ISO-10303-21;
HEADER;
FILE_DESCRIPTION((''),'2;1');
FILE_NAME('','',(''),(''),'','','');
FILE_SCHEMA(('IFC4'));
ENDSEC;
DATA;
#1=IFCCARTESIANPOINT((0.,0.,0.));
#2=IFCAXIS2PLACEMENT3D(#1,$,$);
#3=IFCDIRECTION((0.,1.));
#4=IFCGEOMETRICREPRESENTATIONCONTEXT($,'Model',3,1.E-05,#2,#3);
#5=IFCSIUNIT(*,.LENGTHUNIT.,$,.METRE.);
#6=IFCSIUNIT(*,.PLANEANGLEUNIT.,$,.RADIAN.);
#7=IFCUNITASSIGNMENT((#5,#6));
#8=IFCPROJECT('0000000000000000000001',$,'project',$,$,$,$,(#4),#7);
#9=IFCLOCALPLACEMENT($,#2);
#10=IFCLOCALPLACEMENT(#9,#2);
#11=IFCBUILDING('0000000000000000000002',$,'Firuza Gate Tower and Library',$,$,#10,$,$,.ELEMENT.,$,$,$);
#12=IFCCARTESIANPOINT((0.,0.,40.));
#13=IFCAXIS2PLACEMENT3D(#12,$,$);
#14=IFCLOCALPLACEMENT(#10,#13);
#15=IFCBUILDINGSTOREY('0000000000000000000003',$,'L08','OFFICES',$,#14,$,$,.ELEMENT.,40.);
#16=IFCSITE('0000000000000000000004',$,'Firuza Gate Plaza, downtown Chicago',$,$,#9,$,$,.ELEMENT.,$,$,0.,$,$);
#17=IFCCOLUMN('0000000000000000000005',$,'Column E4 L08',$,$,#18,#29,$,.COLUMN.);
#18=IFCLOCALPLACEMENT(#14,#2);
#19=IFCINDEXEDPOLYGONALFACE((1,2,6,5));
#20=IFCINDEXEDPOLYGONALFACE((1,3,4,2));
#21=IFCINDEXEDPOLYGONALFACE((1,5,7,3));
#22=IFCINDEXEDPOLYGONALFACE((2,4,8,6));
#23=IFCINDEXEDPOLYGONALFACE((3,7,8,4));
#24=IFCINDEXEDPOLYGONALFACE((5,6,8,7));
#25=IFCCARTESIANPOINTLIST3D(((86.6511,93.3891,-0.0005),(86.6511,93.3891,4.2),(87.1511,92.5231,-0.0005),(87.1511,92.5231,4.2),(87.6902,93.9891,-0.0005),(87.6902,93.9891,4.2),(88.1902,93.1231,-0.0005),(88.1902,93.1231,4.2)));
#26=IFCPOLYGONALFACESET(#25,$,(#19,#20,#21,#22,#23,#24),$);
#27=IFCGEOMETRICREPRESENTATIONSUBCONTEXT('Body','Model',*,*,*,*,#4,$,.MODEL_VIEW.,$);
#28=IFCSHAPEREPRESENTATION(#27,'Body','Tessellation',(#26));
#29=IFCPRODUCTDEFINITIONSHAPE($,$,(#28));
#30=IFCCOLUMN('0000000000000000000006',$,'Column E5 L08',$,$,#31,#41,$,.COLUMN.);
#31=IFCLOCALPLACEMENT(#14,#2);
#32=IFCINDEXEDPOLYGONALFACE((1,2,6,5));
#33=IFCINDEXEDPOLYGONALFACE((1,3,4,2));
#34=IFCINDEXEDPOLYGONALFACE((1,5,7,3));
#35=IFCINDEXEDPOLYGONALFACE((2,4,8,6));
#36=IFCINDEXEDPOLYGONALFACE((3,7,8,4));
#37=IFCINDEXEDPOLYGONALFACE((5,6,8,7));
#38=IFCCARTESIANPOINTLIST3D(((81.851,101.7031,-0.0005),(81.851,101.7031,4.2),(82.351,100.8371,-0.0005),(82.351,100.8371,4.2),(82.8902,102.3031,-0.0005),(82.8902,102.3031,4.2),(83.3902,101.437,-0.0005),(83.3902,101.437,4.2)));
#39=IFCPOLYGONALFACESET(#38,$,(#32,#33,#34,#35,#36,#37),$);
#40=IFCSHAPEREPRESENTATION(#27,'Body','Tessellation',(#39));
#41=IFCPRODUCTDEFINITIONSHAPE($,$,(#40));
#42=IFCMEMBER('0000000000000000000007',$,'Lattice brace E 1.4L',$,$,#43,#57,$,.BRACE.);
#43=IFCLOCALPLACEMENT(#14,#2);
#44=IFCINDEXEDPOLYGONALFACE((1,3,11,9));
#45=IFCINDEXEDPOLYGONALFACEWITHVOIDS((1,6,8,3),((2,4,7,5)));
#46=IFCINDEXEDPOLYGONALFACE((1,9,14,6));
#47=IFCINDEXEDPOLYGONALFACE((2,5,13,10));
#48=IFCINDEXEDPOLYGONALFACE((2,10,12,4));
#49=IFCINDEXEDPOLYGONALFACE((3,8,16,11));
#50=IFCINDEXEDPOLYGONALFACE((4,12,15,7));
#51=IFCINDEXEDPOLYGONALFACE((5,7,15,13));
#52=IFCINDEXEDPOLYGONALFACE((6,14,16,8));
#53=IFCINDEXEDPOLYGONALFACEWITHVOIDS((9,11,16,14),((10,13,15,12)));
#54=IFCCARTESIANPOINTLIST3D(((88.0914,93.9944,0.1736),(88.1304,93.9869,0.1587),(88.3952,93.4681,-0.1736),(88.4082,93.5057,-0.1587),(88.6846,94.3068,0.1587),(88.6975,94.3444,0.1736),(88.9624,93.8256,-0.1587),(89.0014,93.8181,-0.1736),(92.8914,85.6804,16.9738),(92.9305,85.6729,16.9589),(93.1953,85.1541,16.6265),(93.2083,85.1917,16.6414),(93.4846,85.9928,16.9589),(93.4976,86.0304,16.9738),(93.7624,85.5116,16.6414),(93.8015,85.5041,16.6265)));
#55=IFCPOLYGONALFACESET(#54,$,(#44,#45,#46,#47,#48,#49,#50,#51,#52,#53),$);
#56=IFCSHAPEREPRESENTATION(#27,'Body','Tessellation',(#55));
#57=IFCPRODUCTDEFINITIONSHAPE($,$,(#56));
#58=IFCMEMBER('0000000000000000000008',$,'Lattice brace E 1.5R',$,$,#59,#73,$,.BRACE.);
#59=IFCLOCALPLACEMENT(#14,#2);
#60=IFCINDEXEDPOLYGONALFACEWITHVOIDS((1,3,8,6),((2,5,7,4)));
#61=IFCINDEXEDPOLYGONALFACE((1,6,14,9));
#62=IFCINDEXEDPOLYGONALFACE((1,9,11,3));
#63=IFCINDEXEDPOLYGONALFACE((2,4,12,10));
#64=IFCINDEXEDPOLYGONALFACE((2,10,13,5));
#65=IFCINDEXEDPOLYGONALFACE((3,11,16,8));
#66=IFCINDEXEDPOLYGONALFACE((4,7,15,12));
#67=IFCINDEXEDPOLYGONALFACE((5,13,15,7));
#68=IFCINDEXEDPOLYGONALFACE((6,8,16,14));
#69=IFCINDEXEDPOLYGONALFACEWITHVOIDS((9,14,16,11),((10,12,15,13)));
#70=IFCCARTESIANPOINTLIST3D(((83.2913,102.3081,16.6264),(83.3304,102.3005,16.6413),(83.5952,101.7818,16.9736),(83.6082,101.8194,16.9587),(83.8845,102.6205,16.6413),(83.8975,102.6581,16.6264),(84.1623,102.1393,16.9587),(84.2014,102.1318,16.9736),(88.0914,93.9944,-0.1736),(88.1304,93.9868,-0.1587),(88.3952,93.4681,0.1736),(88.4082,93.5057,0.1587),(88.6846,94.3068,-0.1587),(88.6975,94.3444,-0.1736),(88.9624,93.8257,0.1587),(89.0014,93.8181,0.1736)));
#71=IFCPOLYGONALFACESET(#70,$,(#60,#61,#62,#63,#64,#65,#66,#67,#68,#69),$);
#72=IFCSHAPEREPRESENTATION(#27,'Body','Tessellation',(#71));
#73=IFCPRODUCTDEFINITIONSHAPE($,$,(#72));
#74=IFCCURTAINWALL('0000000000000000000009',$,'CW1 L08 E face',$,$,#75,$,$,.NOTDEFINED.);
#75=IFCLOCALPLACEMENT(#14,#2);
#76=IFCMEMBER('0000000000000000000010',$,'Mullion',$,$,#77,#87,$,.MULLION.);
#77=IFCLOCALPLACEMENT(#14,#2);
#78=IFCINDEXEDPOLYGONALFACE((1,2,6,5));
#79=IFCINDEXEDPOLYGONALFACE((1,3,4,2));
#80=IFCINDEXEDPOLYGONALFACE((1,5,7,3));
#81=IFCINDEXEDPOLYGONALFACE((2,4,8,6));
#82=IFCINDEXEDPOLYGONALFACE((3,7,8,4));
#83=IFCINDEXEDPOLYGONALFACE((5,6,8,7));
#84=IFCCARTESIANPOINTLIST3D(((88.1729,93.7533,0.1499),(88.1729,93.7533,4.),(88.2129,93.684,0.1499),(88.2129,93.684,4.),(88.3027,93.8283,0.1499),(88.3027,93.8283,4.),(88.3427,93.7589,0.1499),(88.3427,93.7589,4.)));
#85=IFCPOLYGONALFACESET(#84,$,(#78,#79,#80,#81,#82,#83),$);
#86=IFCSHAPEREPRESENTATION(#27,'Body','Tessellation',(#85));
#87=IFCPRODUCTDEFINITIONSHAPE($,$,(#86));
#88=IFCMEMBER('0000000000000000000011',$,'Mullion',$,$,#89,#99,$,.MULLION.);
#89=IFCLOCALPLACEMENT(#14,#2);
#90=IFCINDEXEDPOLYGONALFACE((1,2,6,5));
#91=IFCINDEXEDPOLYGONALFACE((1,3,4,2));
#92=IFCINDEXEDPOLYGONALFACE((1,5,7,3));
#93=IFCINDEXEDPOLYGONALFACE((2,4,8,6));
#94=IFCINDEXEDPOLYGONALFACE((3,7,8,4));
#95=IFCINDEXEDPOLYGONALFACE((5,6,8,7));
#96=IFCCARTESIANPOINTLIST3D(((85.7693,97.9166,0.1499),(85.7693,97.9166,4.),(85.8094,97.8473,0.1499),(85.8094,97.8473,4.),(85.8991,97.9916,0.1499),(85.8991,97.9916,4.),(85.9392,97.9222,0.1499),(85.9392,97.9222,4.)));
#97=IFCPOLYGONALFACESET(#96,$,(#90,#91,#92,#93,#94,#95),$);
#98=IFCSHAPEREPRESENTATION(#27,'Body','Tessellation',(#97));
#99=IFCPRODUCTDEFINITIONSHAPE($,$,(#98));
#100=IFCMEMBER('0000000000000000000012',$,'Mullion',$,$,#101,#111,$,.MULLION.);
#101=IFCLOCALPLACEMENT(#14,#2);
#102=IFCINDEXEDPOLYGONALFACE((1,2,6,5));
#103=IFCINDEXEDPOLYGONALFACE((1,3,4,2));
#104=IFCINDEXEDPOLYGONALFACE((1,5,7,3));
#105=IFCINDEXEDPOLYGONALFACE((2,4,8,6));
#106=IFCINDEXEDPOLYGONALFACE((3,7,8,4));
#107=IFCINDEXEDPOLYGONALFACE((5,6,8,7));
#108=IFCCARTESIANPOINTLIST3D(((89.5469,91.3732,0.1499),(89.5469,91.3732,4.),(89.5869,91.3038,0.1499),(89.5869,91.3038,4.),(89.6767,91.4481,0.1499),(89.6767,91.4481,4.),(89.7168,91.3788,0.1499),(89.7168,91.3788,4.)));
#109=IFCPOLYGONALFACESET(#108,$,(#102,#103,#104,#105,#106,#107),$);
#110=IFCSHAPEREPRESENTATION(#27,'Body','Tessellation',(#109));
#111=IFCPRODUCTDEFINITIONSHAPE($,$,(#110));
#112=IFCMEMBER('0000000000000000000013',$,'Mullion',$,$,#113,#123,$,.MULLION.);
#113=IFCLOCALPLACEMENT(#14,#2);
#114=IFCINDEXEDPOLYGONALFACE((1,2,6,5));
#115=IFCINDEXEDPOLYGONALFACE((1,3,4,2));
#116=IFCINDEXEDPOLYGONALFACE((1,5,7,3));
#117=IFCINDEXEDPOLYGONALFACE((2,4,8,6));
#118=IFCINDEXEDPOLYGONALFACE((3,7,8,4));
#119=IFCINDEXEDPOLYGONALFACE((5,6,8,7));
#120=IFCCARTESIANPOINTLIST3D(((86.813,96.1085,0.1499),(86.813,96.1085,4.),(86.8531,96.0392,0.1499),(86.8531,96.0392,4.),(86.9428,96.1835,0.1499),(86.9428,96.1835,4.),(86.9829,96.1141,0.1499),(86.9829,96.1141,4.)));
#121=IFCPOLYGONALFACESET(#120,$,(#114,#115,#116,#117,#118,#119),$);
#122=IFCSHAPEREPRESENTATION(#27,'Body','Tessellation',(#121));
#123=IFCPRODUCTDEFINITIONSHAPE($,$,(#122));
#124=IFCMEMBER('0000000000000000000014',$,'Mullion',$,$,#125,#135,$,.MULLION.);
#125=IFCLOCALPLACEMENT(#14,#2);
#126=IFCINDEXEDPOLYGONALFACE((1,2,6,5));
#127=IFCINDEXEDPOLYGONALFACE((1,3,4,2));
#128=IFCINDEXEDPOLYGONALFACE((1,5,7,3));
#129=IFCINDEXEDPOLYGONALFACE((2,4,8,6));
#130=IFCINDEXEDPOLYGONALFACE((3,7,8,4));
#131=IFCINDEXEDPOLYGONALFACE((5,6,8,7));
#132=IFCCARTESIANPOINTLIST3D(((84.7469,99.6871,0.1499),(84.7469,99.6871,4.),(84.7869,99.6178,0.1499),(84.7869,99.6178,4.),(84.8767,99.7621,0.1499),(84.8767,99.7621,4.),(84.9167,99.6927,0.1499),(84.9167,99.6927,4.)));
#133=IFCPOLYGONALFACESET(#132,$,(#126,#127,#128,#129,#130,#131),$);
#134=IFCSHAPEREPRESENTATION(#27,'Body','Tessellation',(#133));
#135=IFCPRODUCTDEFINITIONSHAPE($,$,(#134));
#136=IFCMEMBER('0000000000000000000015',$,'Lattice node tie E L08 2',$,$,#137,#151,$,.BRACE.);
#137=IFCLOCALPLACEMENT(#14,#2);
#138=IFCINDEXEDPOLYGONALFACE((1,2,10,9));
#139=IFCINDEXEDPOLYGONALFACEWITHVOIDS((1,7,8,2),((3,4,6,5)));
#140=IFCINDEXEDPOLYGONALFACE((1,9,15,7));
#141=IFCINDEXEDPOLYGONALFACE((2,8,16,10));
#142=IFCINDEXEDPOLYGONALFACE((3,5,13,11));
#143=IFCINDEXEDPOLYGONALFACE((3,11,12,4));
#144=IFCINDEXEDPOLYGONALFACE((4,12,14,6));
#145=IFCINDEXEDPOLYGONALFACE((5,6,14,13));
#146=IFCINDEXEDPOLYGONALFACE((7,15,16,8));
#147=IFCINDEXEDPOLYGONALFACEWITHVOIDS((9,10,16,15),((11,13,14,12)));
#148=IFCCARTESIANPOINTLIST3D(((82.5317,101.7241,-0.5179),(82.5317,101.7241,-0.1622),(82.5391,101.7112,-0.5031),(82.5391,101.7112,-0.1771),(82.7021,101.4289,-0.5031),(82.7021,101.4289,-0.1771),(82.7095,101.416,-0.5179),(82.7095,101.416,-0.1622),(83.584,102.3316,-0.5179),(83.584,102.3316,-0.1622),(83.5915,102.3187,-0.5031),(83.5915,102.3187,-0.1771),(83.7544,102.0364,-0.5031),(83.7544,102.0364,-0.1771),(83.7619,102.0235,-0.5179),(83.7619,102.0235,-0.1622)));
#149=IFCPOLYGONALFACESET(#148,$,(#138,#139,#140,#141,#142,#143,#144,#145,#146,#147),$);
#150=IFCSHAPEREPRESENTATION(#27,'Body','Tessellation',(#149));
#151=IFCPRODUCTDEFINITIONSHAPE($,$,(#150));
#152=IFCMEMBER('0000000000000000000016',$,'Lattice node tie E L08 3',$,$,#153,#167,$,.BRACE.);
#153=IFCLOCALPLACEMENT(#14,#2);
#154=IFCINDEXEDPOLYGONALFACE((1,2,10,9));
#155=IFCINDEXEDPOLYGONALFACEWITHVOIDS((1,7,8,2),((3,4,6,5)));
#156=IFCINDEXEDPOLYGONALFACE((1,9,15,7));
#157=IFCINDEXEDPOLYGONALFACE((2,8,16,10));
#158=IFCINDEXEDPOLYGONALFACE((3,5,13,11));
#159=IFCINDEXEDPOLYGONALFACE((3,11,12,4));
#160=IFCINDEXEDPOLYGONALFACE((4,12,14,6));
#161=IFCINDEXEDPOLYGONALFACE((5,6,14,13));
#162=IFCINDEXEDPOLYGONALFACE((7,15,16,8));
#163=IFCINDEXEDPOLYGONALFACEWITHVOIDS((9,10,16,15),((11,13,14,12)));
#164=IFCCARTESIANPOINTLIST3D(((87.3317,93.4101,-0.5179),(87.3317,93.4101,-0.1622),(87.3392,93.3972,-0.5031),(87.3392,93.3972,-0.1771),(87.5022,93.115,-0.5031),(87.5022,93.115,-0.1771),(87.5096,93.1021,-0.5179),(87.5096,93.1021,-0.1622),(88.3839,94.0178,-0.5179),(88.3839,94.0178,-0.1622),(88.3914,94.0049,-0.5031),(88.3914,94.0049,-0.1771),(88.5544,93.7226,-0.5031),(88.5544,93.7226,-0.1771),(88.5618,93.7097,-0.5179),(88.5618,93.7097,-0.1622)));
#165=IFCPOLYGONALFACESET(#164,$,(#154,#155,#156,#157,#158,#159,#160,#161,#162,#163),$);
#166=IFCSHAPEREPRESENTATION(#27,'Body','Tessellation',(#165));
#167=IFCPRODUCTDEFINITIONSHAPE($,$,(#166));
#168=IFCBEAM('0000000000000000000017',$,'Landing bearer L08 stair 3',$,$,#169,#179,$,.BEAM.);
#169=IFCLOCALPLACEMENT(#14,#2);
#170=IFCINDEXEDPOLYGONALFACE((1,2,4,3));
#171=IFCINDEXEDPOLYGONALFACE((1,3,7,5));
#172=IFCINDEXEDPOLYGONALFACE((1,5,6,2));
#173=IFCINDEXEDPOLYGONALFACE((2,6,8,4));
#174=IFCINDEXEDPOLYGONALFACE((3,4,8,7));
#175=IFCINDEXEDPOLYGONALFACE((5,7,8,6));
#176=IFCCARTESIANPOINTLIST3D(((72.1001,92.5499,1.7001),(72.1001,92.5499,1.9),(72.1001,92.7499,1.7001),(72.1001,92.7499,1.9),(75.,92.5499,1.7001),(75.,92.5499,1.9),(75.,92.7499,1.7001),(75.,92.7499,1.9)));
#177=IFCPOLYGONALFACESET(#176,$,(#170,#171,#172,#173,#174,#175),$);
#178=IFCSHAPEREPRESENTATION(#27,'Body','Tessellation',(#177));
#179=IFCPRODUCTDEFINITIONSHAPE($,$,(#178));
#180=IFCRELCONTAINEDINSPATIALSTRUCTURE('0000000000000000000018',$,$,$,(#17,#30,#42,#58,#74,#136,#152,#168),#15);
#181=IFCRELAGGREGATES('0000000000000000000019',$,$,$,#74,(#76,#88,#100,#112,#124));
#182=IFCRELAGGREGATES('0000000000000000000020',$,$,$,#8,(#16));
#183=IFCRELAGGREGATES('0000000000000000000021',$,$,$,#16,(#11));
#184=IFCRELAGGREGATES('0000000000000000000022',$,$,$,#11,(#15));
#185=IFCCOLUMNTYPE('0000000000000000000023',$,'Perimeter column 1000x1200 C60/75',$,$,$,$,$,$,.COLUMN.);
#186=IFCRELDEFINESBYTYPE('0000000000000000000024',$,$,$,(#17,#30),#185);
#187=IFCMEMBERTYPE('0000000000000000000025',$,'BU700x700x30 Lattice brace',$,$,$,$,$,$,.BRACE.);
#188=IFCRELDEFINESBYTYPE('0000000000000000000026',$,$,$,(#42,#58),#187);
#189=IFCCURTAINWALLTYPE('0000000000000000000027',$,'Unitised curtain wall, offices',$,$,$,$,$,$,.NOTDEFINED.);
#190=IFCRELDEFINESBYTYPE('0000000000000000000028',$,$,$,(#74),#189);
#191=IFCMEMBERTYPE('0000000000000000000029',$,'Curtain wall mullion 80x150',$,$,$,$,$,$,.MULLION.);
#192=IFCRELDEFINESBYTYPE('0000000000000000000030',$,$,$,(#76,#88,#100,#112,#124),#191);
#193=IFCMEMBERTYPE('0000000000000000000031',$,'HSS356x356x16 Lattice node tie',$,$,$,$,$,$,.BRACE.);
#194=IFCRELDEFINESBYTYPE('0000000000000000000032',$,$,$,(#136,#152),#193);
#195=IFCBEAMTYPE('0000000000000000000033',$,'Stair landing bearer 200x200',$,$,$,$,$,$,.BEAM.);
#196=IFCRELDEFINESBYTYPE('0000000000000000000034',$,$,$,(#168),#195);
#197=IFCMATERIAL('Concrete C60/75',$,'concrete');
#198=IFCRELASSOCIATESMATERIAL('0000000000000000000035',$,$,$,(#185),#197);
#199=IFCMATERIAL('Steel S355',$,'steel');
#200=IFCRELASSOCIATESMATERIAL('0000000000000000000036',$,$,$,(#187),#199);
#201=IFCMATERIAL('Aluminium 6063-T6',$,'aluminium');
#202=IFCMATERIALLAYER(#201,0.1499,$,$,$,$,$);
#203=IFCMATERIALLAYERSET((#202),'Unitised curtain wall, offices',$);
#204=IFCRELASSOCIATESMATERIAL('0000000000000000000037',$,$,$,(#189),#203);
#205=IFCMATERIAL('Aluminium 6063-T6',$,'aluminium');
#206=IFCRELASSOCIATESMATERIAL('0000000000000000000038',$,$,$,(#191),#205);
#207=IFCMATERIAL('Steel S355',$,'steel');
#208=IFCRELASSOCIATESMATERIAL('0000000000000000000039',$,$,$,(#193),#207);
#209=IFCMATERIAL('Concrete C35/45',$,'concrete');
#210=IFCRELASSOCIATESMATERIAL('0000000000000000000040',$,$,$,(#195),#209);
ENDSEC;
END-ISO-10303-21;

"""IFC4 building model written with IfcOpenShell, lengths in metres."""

from ifc_helpers import new_model, si_unit, direction, frame, origin, origin_2d, place, context, subcontext, project, spatial, rectangle, hollow_rectangle, extrude, material, layer, layer_set, material_profile, profile_set, type_object, element, aggregate, save


model = new_model("IFC4")

# Units and contexts
model_context = context("Model", 3, precision=1e-05, world=origin(), true_north=direction((0.0, 1.0)))
body_context = subcontext(model_context, "Body", "Model", "MODEL_VIEW")
ifc_project = project(units=[si_unit("LENGTHUNIT", "METRE"), si_unit("PLANEANGLEUNIT", "RADIAN")], contexts=[model_context])

# Site, building, storey
site_placement = place(None, origin())
site = spatial("IfcSite", under=ifc_project, at=site_placement, Name="Firuza Gate Plaza, downtown Chicago", CompositionType="ELEMENT", RefElevation=0.0)
building_placement = place(site_placement, origin())
building = spatial("IfcBuilding", under=site, at=building_placement, Name="Firuza Gate Tower and Library", CompositionType="ELEMENT")
storey_placement = place(building_placement, frame((0.0, 0.0, 40.0)))
storey = spatial("IfcBuildingStorey", under=building, at=storey_placement, Name="L08", Description="OFFICES", CompositionType="ELEMENT", Elevation=40.0)

# Columns
ifc_material_1 = material(Name="Concrete C60/75", Category="concrete")
ifc_material_profile_1 = material_profile(ifc_material_1, rectangle(XDim=1.0, YDim=1.2, at=origin_2d()))
ifc_profile_set_1 = profile_set([ifc_material_profile_1], Name="Concrete C60/75")
column_type = type_object("IfcColumnType", Name="Perimeter column 1000x1200 C60/75", PredefinedType="COLUMN", material=ifc_profile_set_1)
for number, where, z_axis, x_axis, name in (
    (1, (87.4207, 93.2561, -0.0005), (0.0, 0.0, 1.0), (-0.5, 0.866025, 0.0), "Column E4 L08"),
    (2, (82.6206, 101.5701, -0.0005), (0.0, 0.0, 1.0), (-0.5, 0.866025, 0.0), "Column E5 L08"),
):
    element("IfcColumn", number, at=place(storey_placement, frame(where, z_axis=z_axis, x_axis=x_axis)), inside=storey, type_object=column_type, Name=name, PredefinedType="COLUMN", context=body_context, shape_type="SweptSolid", body=[
        extrude(rectangle(XDim=1.0, YDim=1.2, at=origin_2d()), origin(), (0.0, 0.0, 1.0), 4.2004),
    ])

# Members
ifc_material_2 = material(Name="Steel S355", Category="steel")
ifc_material_profile_2 = material_profile(ifc_material_2, hollow_rectangle(XDim=0.7, YDim=0.7, WallThickness=0.03, at=origin_2d()))
ifc_profile_set_2 = profile_set([ifc_material_profile_2], Name="Steel S355")
member_type_1 = type_object("IfcMemberType", Name="BU700x700x30 Lattice brace", PredefinedType="BRACE", material=ifc_profile_set_2)
member_1_placement = place(storey_placement, frame((88.5464, 93.9062, 0.0), z_axis=(0.248071, -0.429673, 0.868241), x_axis=(0.866026, 0.499998, 0.0)))
element("IfcMember", 3, at=member_1_placement, inside=storey, type_object=member_type_1, Name="Lattice brace E 1.4L", PredefinedType="BRACE", context=body_context, shape_type="SweptSolid", body=[
    extrude(hollow_rectangle(XDim=0.7, YDim=0.7, WallThickness=0.03, at=origin_2d()), origin(), (0.0, 0.0, 1.0), 19.3496),
])
member_2_placement = place(storey_placement, frame((88.5464, 93.9062, 0.0), z_axis=(-0.248072, 0.429663, 0.868246), x_axis=(-0.86602, -0.500009, 0.0)))
element("IfcMember", 4, at=member_2_placement, inside=storey, type_object=member_type_1, Name="Lattice brace E 1.5R", PredefinedType="BRACE", context=body_context, shape_type="SweptSolid", body=[
    extrude(hollow_rectangle(XDim=0.7, YDim=0.7, WallThickness=0.03, at=origin_2d()), origin(), (0.0, 0.0, 1.0), 19.3494),
])

# Curtain wall, members
ifc_material_3 = material(Name="Aluminium 6063-T6", Category="aluminium")
ifc_layer_1 = layer(ifc_material_3, 0.1499)
ifc_layer_set_1 = layer_set([ifc_layer_1], Name="Unitised curtain wall, offices")
curtain_wall_type = type_object("IfcCurtainWallType", Name="Unitised curtain wall, offices", PredefinedType="NOTDEFINED", material=ifc_layer_set_1)
curtain_wall_placement = place(storey_placement, origin())
curtain_wall = element("IfcCurtainWall", 5, at=curtain_wall_placement, inside=storey, type_object=curtain_wall_type, Name="CW1 L08 E face", PredefinedType="NOTDEFINED")
ifc_material_4 = material(Name="Aluminium 6063-T6", Category="aluminium")
ifc_material_profile_3 = material_profile(ifc_material_4, rectangle(XDim=0.1499, YDim=0.0801, at=origin_2d()))
ifc_profile_set_3 = profile_set([ifc_material_profile_3], Name="Aluminium 6063-T6")
member_type_2 = type_object("IfcMemberType", Name="Curtain wall mullion 80x150", PredefinedType="MULLION", material=ifc_profile_set_3)
member_3_placement = place(storey_placement, frame((88.2578, 93.7561, 0.1499), z_axis=(0.0, 0.0, 1.0), x_axis=(-0.866025, -0.5, 0.0)))
member_3 = element("IfcMember", 6, at=member_3_placement, type_object=member_type_2, Name="Mullion", PredefinedType="MULLION", context=body_context, shape_type="SweptSolid", body=[
    extrude(rectangle(XDim=0.1499, YDim=0.0801, at=origin_2d()), origin(), (0.0, 0.0, 1.0), 3.8501),
])
member_4_placement = place(storey_placement, frame((85.8542, 97.9194, 0.1499), z_axis=(0.0, 0.0, 1.0), x_axis=(-0.866025, -0.5, 0.0)))
member_4 = element("IfcMember", 7, at=member_4_placement, type_object=member_type_2, Name="Mullion", PredefinedType="MULLION", context=body_context, shape_type="SweptSolid", body=[
    extrude(rectangle(XDim=0.1499, YDim=0.0801, at=origin_2d()), origin(), (0.0, 0.0, 1.0), 3.8501),
])
member_5_placement = place(storey_placement, frame((89.6318, 91.376, 0.1499), z_axis=(0.0, 0.0, 1.0), x_axis=(-0.866025, -0.5, 0.0)))
member_5 = element("IfcMember", 8, at=member_5_placement, type_object=member_type_2, Name="Mullion", PredefinedType="MULLION", context=body_context, shape_type="SweptSolid", body=[
    extrude(rectangle(XDim=0.1499, YDim=0.0801, at=origin_2d()), origin(), (0.0, 0.0, 1.0), 3.8501),
])
member_6_placement = place(storey_placement, frame((86.8979, 96.1113, 0.1499), z_axis=(0.0, 0.0, 1.0), x_axis=(-0.866025, -0.5, 0.0)))
member_6 = element("IfcMember", 9, at=member_6_placement, type_object=member_type_2, Name="Mullion", PredefinedType="MULLION", context=body_context, shape_type="SweptSolid", body=[
    extrude(rectangle(XDim=0.1499, YDim=0.0801, at=origin_2d()), origin(), (0.0, 0.0, 1.0), 3.8501),
])
member_7_placement = place(storey_placement, frame((84.8318, 99.6899, 0.1499), z_axis=(0.0, 0.0, 1.0), x_axis=(-0.866025, -0.5, 0.0)))
member_7 = element("IfcMember", 10, at=member_7_placement, type_object=member_type_2, Name="Mullion", PredefinedType="MULLION", context=body_context, shape_type="SweptSolid", body=[
    extrude(rectangle(XDim=0.1499, YDim=0.0801, at=origin_2d()), origin(), (0.0, 0.0, 1.0), 3.8501),
])

# Members
ifc_material_5 = material(Name="Steel S355", Category="steel")
ifc_material_profile_4 = material_profile(ifc_material_5, hollow_rectangle(XDim=0.3557, YDim=0.3557, WallThickness=0.0149, at=origin_2d()))
ifc_profile_set_4 = profile_set([ifc_material_profile_4], Name="Steel S355")
member_type_3 = type_object("IfcMemberType", Name="HSS356x356x16 Lattice node tie", PredefinedType="BRACE", material=ifc_profile_set_4)
for number, where, z_axis, x_axis, name in (
    (11, (82.6206, 101.5701, -0.3401), (0.866058, 0.499943, 0.0), (-0.499943, 0.866058, 0.0), "Lattice node tie E L08 2"),
    (12, (87.4207, 93.2561, -0.3401), (0.865971, 0.500093, 0.0), (-0.500093, 0.865971, 0.0), "Lattice node tie E L08 3"),
):
    element("IfcMember", number, at=place(storey_placement, frame(where, z_axis=z_axis, x_axis=x_axis)), inside=storey, type_object=member_type_3, Name=name, PredefinedType="BRACE", context=body_context, shape_type="SweptSolid", body=[
        extrude(hollow_rectangle(XDim=0.3557, YDim=0.3557, WallThickness=0.0149, at=origin_2d()), origin(), (0.0, 0.0, 1.0), 1.2151),
    ])

# Beam
ifc_material_6 = material(Name="Concrete C35/45", Category="concrete")
ifc_material_profile_5 = material_profile(ifc_material_6, rectangle(XDim=0.2, YDim=0.2, at=origin_2d()))
ifc_profile_set_5 = profile_set([ifc_material_profile_5], Name="Concrete C35/45")
beam_type_1 = type_object("IfcBeamType", Name="Stair landing bearer 200x200", PredefinedType="BEAM", material=ifc_profile_set_5)
beam_1_placement = place(storey_placement, frame((75.0, 92.6499, 1.8), z_axis=(-1.0, 0.0, 0.0), x_axis=(0.0, -1.0, 0.0)))
element("IfcBeam", 13, at=beam_1_placement, inside=storey, type_object=beam_type_1, Name="Landing bearer L08 stair 3", PredefinedType="BEAM", context=body_context, shape_type="SweptSolid", body=[
    extrude(rectangle(XDim=0.2, YDim=0.2, at=origin_2d()), origin(), (0.0, 0.0, 1.0), 2.8999),
])

aggregate(curtain_wall, [member_3, member_4, member_5, member_6, member_7])

save(model, "model.ifc")
